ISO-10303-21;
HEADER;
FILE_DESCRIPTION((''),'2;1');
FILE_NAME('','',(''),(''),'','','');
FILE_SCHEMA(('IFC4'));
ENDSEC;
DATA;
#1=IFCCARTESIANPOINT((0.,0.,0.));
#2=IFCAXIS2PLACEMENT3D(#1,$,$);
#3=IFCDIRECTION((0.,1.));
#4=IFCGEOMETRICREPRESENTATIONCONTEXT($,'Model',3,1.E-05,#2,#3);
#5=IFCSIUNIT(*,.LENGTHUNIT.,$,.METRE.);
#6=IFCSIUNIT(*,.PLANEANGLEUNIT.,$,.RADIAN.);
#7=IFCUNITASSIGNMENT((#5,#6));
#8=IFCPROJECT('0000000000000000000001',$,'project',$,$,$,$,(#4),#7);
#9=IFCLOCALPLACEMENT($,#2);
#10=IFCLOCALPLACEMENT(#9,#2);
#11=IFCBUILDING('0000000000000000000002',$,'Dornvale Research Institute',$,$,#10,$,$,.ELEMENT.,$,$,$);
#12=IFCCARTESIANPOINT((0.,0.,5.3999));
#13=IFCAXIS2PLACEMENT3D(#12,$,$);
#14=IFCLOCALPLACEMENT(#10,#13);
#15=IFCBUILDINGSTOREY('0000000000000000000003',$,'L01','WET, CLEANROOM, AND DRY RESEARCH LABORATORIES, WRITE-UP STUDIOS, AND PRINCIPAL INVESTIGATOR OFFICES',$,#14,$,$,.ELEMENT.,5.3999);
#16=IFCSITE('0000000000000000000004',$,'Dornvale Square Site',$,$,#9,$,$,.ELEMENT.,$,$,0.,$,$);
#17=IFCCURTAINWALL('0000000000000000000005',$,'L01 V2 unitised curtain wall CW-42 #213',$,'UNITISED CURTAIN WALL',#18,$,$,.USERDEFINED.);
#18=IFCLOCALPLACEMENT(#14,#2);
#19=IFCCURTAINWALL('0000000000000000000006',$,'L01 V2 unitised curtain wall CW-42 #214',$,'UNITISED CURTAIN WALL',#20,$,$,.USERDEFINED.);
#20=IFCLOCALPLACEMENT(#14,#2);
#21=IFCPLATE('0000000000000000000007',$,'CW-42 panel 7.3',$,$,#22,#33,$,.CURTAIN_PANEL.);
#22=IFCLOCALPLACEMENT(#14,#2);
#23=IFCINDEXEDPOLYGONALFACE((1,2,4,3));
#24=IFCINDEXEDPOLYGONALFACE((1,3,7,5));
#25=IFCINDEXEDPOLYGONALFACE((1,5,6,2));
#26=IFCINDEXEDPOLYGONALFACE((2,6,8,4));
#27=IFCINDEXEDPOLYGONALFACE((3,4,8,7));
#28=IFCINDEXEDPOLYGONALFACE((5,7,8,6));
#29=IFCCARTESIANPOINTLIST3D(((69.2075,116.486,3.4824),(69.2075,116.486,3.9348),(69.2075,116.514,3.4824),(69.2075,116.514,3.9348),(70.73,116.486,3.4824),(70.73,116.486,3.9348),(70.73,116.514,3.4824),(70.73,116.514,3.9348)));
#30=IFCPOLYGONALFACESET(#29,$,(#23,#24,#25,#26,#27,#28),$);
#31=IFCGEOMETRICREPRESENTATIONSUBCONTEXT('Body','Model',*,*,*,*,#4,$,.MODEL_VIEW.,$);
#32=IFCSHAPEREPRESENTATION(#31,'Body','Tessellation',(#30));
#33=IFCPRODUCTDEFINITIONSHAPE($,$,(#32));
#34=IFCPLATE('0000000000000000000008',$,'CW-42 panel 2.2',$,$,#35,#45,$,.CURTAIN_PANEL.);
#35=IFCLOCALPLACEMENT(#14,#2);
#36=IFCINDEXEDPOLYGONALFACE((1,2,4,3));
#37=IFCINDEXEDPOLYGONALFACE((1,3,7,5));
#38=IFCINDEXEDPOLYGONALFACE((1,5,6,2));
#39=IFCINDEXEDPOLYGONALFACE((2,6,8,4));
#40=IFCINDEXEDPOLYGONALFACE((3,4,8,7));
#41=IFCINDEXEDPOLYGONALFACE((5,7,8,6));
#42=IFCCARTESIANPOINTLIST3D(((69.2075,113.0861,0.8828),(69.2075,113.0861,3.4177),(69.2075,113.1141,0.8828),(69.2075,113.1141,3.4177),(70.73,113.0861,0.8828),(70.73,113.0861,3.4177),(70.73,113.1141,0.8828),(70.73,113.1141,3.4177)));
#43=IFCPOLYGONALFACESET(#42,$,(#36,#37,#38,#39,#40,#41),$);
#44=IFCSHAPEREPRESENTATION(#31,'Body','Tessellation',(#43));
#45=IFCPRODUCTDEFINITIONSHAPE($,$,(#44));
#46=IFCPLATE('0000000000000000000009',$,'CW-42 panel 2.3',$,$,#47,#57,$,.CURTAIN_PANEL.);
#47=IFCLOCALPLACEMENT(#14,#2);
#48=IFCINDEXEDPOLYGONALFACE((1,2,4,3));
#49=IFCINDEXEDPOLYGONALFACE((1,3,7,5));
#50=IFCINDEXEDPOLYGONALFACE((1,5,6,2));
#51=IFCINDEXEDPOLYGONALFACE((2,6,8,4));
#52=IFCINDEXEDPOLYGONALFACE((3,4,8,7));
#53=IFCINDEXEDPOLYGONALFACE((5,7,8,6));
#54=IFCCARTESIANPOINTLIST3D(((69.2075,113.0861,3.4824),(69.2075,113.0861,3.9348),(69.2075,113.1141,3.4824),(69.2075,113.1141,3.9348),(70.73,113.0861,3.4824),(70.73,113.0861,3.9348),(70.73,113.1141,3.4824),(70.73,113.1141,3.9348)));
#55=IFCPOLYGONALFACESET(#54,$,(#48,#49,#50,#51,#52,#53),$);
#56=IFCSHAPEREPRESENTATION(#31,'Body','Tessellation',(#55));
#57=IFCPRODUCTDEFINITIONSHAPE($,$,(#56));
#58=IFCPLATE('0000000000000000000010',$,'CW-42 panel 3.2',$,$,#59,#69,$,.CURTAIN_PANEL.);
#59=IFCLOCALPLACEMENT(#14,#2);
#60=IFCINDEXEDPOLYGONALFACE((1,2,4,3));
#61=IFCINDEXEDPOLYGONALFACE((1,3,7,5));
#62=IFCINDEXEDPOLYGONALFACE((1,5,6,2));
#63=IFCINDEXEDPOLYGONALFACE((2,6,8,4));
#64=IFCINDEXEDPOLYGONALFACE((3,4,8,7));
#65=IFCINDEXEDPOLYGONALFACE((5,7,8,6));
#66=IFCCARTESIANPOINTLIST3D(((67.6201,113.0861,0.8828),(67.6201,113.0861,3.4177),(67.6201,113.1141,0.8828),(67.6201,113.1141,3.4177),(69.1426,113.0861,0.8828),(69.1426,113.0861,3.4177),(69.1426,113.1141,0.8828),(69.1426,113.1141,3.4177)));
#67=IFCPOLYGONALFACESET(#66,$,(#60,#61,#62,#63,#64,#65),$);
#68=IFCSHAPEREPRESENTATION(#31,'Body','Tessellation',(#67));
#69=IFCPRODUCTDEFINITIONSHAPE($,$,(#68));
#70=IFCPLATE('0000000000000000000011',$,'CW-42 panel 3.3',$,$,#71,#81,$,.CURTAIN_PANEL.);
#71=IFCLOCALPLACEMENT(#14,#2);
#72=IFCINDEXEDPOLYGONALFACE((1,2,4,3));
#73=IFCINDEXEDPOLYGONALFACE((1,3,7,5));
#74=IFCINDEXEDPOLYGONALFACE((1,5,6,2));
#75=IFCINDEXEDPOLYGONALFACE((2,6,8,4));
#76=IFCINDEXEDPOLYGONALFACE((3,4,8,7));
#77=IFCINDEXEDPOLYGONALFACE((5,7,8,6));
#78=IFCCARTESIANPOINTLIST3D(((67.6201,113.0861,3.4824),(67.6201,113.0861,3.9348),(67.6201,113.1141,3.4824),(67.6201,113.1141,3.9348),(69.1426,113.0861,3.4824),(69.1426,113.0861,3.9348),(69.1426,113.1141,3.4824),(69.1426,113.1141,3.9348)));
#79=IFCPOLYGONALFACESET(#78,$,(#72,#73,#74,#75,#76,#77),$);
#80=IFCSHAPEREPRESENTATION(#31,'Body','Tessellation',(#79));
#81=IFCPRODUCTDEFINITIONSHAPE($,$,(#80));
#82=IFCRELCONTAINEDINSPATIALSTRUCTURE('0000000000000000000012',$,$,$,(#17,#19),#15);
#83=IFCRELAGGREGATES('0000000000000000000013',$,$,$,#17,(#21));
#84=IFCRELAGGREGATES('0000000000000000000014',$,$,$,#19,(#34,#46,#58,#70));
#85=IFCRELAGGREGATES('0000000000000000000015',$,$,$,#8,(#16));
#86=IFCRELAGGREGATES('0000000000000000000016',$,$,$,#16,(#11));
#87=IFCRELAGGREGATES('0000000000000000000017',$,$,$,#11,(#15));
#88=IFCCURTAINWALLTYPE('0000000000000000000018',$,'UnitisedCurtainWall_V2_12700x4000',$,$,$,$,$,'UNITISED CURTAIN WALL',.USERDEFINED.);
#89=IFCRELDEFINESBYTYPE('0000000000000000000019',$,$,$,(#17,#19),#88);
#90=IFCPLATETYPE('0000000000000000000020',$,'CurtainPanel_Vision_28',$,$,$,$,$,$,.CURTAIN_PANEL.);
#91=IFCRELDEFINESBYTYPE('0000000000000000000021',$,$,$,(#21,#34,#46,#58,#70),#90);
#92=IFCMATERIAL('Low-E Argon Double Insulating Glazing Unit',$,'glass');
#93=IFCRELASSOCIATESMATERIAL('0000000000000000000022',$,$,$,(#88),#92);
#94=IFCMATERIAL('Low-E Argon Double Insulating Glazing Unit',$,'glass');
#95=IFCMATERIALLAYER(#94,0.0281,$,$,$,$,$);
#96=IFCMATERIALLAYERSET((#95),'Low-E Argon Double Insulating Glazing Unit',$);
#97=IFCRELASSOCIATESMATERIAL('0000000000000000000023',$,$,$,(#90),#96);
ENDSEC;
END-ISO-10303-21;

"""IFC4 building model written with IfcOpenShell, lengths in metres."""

from ifc_helpers import new_model, si_unit, direction, frame, origin, origin_2d, place, context, subcontext, project, spatial, rectangle, extrude, material, layer, layer_set, type_object, element, aggregate, save


model = new_model("IFC4")

# Units and contexts
model_context = context("Model", 3, precision=1e-05, world=origin(), true_north=direction((0.0, 1.0)))
body_context = subcontext(model_context, "Body", "Model", "MODEL_VIEW")
ifc_project = project(units=[si_unit("LENGTHUNIT", "METRE"), si_unit("PLANEANGLEUNIT", "RADIAN")], contexts=[model_context])

# Site, building, storey
site_placement = place(None, origin())
site = spatial("IfcSite", under=ifc_project, at=site_placement, Name="Dornvale Square Site", CompositionType="ELEMENT", RefElevation=0.0)
building_placement = place(site_placement, origin())
building = spatial("IfcBuilding", under=site, at=building_placement, Name="Dornvale Research Institute", CompositionType="ELEMENT")
storey_placement = place(building_placement, frame((0.0, 0.0, 5.3999)))
storey = spatial("IfcBuildingStorey", under=building, at=storey_placement, Name="L01", Description="WET, CLEANROOM, AND DRY RESEARCH LABORATORIES, WRITE-UP STUDIOS, AND PRINCIPAL INVESTIGATOR OFFICES", CompositionType="ELEMENT", Elevation=5.3999)

# Curtain walls
ifc_material_1 = material(Name="Low-E Argon Double Insulating Glazing Unit", Category="glass")
curtain_wall_type = type_object("IfcCurtainWallType", Name="UnitisedCurtainWall_V2_12700x4000", ElementType="UNITISED CURTAIN WALL", PredefinedType="USERDEFINED", material=ifc_material_1)
curtain_wall_1_placement = place(storey_placement, origin())
curtain_wall_1 = element("IfcCurtainWall", 1, at=curtain_wall_1_placement, inside=storey, type_object=curtain_wall_type, Name="L01 V2 unitised curtain wall CW-42 #213", ObjectType="UNITISED CURTAIN WALL", PredefinedType="USERDEFINED")
curtain_wall_2_placement = place(storey_placement, origin())
curtain_wall_2 = element("IfcCurtainWall", 2, at=curtain_wall_2_placement, inside=storey, type_object=curtain_wall_type, Name="L01 V2 unitised curtain wall CW-42 #214", ObjectType="UNITISED CURTAIN WALL", PredefinedType="USERDEFINED")

# Plates
ifc_material_2 = material(Name="Low-E Argon Double Insulating Glazing Unit", Category="glass")
ifc_layer_1 = layer(ifc_material_2, 0.0281)
ifc_layer_set_1 = layer_set([ifc_layer_1], Name="Low-E Argon Double Insulating Glazing Unit")
plate_type_1 = type_object("IfcPlateType", Name="CurtainPanel_Vision_28", PredefinedType="CURTAIN_PANEL", material=ifc_layer_set_1)
plate_1_placement = place(storey_placement, frame((69.9688, 116.5, 3.4824), z_axis=(0.0, 0.0, 1.0), x_axis=(1.0, 0.0, 0.0)))
plate_1 = element("IfcPlate", 3, at=plate_1_placement, type_object=plate_type_1, Name="CW-42 panel 7.3", PredefinedType="CURTAIN_PANEL", context=body_context, shape_type="SweptSolid", body=[
    extrude(rectangle(XDim=1.5225, YDim=0.0281, at=origin_2d()), origin(), (0.0, 0.0, 1.0), 0.4524),
])
aggregate(curtain_wall_1, [plate_1])
plate_2_placement = place(storey_placement, frame((69.9688, 113.1001, 0.8828), z_axis=(0.0, 0.0, 1.0), x_axis=(-1.0, 0.0, 0.0)))
plate_2 = element("IfcPlate", 4, at=plate_2_placement, type_object=plate_type_1, Name="CW-42 panel 2.2", PredefinedType="CURTAIN_PANEL", context=body_context, shape_type="SweptSolid", body=[
    extrude(rectangle(XDim=1.5225, YDim=0.0281, at=origin_2d()), origin(), (0.0, 0.0, 1.0), 2.5349),
])
plate_3_placement = place(storey_placement, frame((69.9688, 113.1001, 3.4824), z_axis=(0.0, 0.0, 1.0), x_axis=(-1.0, 0.0, 0.0)))
plate_3 = element("IfcPlate", 5, at=plate_3_placement, type_object=plate_type_1, Name="CW-42 panel 2.3", PredefinedType="CURTAIN_PANEL", context=body_context, shape_type="SweptSolid", body=[
    extrude(rectangle(XDim=1.5225, YDim=0.0281, at=origin_2d()), origin(), (0.0, 0.0, 1.0), 0.4524),
])
plate_4_placement = place(storey_placement, frame((68.3813, 113.1001, 0.8828), z_axis=(0.0, 0.0, 1.0), x_axis=(-1.0, 0.0, 0.0)))
plate_4 = element("IfcPlate", 6, at=plate_4_placement, type_object=plate_type_1, Name="CW-42 panel 3.2", PredefinedType="CURTAIN_PANEL", context=body_context, shape_type="SweptSolid", body=[
    extrude(rectangle(XDim=1.5225, YDim=0.0281, at=origin_2d()), origin(), (0.0, 0.0, 1.0), 2.5349),
])
plate_5_placement = place(storey_placement, frame((68.3813, 113.1001, 3.4824), z_axis=(0.0, 0.0, 1.0), x_axis=(-1.0, 0.0, 0.0)))
plate_5 = element("IfcPlate", 7, at=plate_5_placement, type_object=plate_type_1, Name="CW-42 panel 3.3", PredefinedType="CURTAIN_PANEL", context=body_context, shape_type="SweptSolid", body=[
    extrude(rectangle(XDim=1.5225, YDim=0.0281, at=origin_2d()), origin(), (0.0, 0.0, 1.0), 0.4524),
])
aggregate(curtain_wall_2, [plate_2, plate_3, plate_4, plate_5])

save(model, "model.ifc")
